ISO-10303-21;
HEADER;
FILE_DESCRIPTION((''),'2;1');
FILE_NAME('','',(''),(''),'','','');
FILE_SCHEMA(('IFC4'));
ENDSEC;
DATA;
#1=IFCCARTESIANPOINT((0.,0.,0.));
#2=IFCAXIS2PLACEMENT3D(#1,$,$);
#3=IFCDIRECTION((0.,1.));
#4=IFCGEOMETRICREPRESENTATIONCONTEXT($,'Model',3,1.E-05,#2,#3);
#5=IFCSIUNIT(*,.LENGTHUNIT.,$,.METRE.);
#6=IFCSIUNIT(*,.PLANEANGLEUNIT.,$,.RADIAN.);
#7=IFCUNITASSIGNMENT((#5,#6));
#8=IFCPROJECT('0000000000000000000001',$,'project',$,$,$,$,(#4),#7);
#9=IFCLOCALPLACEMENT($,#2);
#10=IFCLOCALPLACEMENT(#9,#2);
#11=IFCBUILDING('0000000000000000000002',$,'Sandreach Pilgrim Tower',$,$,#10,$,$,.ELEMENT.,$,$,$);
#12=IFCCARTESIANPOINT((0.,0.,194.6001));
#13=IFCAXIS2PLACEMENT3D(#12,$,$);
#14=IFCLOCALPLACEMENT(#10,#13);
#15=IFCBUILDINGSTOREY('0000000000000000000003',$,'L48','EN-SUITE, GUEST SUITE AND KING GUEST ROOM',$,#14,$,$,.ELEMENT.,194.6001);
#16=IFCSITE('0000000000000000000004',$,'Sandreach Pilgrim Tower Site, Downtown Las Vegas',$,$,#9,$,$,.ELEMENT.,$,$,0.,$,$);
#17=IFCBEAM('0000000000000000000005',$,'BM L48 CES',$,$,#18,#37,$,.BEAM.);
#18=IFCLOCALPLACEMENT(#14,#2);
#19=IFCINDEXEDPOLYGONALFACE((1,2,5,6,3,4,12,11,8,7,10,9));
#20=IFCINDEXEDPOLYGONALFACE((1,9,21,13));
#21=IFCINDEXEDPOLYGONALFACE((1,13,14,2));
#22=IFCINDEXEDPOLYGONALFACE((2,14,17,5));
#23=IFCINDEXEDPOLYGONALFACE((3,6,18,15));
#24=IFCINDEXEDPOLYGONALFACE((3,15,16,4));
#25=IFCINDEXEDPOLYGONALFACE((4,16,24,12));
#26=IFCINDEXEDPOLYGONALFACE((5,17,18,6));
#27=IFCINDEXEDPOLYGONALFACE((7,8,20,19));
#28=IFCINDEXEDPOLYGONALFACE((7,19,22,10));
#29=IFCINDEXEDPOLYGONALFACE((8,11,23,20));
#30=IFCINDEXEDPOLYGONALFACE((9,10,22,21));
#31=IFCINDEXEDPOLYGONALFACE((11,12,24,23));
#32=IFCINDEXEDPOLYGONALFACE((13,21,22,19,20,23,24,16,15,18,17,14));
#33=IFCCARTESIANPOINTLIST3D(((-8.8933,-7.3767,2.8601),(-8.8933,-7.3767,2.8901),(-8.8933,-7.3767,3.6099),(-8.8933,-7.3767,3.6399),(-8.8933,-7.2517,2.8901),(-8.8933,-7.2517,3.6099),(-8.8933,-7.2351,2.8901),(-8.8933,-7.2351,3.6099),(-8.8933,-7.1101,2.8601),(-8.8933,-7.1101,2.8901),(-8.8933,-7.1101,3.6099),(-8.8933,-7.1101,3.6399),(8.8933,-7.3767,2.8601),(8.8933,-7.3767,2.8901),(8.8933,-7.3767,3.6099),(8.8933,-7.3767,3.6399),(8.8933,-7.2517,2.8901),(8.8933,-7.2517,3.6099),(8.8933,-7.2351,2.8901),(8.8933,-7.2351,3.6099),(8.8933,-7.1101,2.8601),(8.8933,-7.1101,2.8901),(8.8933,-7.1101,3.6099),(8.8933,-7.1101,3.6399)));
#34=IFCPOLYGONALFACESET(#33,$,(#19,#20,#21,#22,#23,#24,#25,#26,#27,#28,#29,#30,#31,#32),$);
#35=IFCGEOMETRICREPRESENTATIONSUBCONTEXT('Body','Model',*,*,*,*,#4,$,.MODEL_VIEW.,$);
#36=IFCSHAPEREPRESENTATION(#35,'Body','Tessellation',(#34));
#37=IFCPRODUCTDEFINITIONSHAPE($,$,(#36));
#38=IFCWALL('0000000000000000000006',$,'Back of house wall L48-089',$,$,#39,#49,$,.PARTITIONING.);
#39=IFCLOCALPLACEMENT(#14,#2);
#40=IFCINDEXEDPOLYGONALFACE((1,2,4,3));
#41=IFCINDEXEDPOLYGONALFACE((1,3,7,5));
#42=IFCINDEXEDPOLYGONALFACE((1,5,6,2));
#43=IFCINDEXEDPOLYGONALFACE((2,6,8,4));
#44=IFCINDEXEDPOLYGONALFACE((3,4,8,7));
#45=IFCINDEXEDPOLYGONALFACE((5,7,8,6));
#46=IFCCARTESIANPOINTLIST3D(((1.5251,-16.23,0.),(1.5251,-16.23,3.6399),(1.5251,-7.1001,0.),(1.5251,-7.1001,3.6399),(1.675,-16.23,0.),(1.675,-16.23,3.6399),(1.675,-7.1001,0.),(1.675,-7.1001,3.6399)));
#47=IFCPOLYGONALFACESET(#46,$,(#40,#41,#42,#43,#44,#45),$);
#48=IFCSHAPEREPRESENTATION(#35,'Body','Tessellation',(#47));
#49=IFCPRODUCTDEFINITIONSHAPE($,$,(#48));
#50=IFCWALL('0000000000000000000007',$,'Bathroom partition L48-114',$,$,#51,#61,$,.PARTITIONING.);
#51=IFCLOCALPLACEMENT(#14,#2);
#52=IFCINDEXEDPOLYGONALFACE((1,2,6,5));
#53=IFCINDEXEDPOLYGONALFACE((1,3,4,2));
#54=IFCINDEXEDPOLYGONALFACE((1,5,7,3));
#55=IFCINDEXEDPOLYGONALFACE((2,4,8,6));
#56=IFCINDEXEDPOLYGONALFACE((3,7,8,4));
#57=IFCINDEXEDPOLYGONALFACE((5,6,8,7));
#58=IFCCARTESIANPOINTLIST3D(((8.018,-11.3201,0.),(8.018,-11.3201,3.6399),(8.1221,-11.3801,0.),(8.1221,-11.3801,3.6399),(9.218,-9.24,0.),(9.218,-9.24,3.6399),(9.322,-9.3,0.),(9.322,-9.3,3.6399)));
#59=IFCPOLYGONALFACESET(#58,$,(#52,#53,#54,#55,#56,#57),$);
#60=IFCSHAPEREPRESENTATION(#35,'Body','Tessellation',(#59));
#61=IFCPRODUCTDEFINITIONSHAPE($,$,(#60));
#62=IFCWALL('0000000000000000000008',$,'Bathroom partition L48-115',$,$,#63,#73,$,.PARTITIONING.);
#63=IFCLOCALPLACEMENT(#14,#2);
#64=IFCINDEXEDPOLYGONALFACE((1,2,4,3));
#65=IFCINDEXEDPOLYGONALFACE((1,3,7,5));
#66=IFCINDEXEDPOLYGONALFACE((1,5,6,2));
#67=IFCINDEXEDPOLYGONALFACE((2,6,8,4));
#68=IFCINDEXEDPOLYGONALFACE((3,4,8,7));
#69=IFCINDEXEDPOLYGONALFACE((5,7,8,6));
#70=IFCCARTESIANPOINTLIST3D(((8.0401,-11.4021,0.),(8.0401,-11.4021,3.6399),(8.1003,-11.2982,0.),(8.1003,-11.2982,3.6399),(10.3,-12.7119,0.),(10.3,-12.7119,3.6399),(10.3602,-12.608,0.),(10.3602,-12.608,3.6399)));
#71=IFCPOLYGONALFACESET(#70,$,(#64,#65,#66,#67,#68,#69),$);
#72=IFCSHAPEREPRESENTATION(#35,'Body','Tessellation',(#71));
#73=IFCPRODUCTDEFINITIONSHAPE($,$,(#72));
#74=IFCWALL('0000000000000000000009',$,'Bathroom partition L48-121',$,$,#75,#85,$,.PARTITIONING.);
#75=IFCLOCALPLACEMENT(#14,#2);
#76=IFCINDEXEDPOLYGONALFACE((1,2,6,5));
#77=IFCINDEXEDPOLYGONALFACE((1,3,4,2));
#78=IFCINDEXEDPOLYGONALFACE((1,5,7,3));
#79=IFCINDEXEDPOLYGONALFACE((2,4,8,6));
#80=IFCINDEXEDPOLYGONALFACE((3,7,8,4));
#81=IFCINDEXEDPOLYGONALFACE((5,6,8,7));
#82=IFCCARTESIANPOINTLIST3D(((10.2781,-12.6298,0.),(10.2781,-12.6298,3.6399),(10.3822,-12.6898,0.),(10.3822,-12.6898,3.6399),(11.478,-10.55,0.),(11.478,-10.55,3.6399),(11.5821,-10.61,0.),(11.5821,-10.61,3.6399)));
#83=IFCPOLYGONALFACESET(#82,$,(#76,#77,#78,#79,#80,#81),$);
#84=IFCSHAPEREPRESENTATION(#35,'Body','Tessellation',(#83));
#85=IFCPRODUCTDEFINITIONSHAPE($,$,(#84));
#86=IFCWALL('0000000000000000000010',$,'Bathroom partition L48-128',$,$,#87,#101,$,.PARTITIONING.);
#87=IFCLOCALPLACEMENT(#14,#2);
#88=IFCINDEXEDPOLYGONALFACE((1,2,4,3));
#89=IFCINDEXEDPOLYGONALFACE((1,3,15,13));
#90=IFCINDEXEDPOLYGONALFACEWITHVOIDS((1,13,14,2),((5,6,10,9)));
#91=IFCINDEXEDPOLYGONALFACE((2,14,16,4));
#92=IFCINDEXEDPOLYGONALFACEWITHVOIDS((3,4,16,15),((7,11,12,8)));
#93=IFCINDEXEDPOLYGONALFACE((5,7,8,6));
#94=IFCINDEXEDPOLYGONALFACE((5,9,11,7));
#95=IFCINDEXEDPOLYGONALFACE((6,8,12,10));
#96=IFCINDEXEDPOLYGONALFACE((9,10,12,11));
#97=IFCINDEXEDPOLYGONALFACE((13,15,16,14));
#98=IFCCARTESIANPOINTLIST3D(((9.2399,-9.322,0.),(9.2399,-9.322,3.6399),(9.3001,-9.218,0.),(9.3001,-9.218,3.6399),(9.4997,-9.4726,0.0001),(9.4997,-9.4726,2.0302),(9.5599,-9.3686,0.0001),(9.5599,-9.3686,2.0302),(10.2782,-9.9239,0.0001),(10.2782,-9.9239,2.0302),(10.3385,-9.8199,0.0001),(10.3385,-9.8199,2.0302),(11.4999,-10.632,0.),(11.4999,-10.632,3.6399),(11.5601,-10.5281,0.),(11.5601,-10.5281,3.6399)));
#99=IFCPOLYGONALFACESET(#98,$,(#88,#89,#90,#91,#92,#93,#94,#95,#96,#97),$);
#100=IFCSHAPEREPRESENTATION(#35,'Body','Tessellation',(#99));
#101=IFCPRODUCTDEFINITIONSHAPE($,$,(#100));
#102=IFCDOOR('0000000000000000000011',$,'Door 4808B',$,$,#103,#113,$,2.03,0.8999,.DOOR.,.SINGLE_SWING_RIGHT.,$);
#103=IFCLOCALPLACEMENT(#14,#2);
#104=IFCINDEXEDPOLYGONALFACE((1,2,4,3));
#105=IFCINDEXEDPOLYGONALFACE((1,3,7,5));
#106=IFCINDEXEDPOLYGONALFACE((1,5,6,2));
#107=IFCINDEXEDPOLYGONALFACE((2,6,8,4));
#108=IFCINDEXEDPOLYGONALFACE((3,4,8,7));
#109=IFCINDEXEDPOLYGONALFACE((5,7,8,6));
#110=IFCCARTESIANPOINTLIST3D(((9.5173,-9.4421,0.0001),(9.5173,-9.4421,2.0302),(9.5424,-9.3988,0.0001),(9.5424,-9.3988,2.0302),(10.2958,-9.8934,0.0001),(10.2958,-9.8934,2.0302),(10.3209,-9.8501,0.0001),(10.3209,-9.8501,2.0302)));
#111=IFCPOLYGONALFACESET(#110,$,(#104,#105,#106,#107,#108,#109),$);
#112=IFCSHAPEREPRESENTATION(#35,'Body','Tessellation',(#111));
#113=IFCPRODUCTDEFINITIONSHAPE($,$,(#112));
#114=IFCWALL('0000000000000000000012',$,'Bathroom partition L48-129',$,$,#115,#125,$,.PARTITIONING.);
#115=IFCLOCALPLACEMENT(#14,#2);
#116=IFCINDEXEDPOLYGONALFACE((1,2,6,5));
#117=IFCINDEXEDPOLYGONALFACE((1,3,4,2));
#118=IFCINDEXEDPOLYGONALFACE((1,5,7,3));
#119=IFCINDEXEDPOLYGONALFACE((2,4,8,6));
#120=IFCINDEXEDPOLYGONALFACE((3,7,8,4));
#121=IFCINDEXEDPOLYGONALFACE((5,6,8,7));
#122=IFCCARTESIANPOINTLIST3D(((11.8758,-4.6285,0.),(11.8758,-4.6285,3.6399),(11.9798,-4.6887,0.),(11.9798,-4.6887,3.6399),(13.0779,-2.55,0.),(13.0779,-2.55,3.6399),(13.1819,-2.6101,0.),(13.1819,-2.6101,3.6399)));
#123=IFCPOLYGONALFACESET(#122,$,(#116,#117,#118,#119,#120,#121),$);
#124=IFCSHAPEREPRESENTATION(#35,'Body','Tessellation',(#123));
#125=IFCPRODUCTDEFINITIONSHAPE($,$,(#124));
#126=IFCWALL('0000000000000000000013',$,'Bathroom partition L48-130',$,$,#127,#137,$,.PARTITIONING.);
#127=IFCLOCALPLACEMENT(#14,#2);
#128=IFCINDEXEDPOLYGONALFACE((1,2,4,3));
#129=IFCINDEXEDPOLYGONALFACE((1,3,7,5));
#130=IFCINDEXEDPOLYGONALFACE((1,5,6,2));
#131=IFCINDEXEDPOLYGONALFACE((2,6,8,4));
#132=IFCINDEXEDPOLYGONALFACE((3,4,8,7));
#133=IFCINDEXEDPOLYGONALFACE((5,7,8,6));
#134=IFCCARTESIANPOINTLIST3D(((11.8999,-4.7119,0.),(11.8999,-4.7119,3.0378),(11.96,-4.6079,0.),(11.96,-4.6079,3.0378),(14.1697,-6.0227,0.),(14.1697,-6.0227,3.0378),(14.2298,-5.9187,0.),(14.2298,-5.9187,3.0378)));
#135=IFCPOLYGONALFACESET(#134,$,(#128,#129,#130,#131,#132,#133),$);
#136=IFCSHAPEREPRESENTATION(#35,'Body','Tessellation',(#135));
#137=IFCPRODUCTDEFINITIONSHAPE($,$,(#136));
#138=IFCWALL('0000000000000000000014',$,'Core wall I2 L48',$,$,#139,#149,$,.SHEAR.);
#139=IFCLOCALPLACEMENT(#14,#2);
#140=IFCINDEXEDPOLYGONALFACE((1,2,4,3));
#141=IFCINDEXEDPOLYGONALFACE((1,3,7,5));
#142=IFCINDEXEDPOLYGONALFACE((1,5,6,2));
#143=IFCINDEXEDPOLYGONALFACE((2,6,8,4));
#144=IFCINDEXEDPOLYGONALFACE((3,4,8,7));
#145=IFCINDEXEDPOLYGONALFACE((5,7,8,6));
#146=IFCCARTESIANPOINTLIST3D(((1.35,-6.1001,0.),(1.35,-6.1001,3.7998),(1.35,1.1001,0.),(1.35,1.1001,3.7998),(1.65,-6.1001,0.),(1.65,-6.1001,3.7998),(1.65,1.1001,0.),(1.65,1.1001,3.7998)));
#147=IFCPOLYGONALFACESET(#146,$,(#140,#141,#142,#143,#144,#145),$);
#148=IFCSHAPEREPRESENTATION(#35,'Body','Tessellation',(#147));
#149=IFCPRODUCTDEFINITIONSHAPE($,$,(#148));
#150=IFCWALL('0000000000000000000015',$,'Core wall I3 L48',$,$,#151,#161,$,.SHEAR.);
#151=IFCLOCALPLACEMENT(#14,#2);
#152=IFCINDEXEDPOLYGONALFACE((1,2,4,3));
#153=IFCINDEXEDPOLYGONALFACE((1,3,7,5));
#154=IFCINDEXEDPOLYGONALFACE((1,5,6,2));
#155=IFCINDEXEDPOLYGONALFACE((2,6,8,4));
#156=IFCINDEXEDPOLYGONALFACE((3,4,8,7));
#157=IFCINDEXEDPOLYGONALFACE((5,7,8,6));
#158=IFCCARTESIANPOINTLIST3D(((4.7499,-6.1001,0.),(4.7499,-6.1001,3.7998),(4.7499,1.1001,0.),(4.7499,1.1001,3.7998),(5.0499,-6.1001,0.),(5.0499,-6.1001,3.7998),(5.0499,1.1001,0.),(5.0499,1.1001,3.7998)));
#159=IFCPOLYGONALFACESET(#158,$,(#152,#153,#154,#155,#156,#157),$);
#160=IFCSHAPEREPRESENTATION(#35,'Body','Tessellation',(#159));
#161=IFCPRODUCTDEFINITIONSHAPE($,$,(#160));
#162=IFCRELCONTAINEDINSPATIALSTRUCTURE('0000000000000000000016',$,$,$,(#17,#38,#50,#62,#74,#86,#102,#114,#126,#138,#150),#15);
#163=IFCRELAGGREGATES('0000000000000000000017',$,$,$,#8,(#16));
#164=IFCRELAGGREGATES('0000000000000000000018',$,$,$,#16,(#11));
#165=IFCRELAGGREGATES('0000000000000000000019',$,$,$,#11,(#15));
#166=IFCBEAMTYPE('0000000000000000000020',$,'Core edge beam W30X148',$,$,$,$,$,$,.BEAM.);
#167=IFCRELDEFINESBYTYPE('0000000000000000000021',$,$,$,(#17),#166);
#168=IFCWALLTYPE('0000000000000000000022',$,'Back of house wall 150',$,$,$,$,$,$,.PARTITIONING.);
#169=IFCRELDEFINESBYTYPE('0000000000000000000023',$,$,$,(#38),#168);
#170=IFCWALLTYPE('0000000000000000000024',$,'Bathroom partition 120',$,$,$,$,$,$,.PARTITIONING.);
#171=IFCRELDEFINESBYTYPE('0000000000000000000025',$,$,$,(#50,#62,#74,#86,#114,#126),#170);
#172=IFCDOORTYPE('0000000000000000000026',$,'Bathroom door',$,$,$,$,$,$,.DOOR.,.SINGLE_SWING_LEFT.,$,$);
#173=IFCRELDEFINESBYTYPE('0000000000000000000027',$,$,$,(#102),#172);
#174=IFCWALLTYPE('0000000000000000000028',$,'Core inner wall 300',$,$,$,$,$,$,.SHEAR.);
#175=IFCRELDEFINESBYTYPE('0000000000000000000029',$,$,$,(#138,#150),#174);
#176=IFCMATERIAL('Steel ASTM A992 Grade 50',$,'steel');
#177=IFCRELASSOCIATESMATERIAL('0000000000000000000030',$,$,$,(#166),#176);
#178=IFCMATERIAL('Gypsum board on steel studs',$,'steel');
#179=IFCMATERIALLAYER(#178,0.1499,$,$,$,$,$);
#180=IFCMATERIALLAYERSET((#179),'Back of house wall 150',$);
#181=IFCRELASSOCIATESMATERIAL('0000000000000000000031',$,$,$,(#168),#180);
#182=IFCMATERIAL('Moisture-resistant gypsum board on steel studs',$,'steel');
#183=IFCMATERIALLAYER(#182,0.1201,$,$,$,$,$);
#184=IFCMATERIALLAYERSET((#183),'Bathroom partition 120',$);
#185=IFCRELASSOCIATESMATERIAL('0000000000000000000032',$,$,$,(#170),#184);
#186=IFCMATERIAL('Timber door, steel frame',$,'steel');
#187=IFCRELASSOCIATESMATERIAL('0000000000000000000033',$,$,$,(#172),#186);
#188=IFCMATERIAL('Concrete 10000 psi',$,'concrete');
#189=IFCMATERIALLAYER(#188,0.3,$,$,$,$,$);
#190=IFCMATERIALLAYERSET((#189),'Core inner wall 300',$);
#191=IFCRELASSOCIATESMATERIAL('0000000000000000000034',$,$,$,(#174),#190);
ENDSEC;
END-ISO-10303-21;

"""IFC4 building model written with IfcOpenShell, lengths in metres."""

from ifc_helpers import new_model, si_unit, direction, frame, frame_2d, origin, origin_2d, place, context, subcontext, project, spatial, rectangle, i_section, extrude, material, layer, layer_set, material_profile, profile_set, type_object, element, fill, save


model = new_model("IFC4")

# Units and contexts
model_context = context("Model", 3, precision=1e-05, world=origin(), true_north=direction((0.0, 1.0)))
body_context = subcontext(model_context, "Body", "Model", "MODEL_VIEW")
ifc_project = project(units=[si_unit("LENGTHUNIT", "METRE"), si_unit("PLANEANGLEUNIT", "RADIAN")], contexts=[model_context])

# Site, building, storey
site_placement = place(None, origin())
site = spatial("IfcSite", under=ifc_project, at=site_placement, Name="Sandreach Pilgrim Tower Site, Downtown Las Vegas", CompositionType="ELEMENT", RefElevation=0.0)
building_placement = place(site_placement, origin())
building = spatial("IfcBuilding", under=site, at=building_placement, Name="Sandreach Pilgrim Tower", CompositionType="ELEMENT")
storey_placement = place(building_placement, frame((0.0, 0.0, 194.6001)))
storey = spatial("IfcBuildingStorey", under=building, at=storey_placement, Name="L48", Description="EN-SUITE, GUEST SUITE AND KING GUEST ROOM", CompositionType="ELEMENT", Elevation=194.6001)

# Beam
ifc_material_1 = material(Name="Steel ASTM A992 Grade 50", Category="steel")
ifc_material_profile = material_profile(ifc_material_1, i_section(OverallWidth=0.2666, OverallDepth=0.7798, WebThickness=0.0166, FlangeThickness=0.03, at=origin_2d()), Name="W30X148")
ifc_profile_set = profile_set([ifc_material_profile], Name="Steel ASTM A992 Grade 50")
beam_type = type_object("IfcBeamType", Name="Core edge beam W30X148", PredefinedType="BEAM", material=ifc_profile_set)
beam_placement = place(storey_placement, frame((8.8933, -7.2434, 3.25), z_axis=(-1.0, 0.0, 0.0), x_axis=(0.0, -1.0, 0.0)))
element("IfcBeam", 1, at=beam_placement, inside=storey, type_object=beam_type, Name="BM L48 CES", PredefinedType="BEAM", context=body_context, shape_type="SweptSolid", body=[
    extrude(i_section(OverallWidth=0.2666, OverallDepth=0.7798, WebThickness=0.0166, FlangeThickness=0.03, at=origin_2d()), origin(), (0.0, 0.0, 1.0), 17.7866),
])

# Walls
ifc_material_2 = material(Name="Gypsum board on steel studs", Category="steel")
ifc_layer_1 = layer(ifc_material_2, 0.1499)
ifc_layer_set_1 = layer_set([ifc_layer_1], Name="Back of house wall 150")
wall_type_1 = type_object("IfcWallType", Name="Back of house wall 150", PredefinedType="PARTITIONING", material=ifc_layer_set_1)
wall_1_placement = place(storey_placement, frame((1.6001, -7.1001, 0.0), z_axis=(0.0, 0.0, 1.0), x_axis=(0.0, -1.0, 0.0)))
element("IfcWall", 2, at=wall_1_placement, inside=storey, type_object=wall_type_1, Name="Back of house wall L48-089", PredefinedType="PARTITIONING", context=body_context, shape_type="SweptSolid", body=[
    extrude(rectangle(XDim=9.1299, YDim=0.1499, at=frame_2d((4.5649, 0.0))), origin(), (0.0, 0.0, 1.0), 3.6399),
])
ifc_material_3 = material(Name="Moisture-resistant gypsum board on steel studs", Category="steel")
ifc_layer_2 = layer(ifc_material_3, 0.1201)
ifc_layer_set_2 = layer_set([ifc_layer_2], Name="Bathroom partition 120")
wall_type_2 = type_object("IfcWallType", Name="Bathroom partition 120", PredefinedType="PARTITIONING", material=ifc_layer_set_2)
wall_2_placement = place(storey_placement, frame((8.0701, -11.3501, 0.0), z_axis=(0.0, 0.0, 1.0), x_axis=(0.499693, 0.866203, 0.0)))
element("IfcWall", 3, at=wall_2_placement, inside=storey, type_object=wall_type_2, Name="Bathroom partition L48-114", PredefinedType="PARTITIONING", context=body_context, shape_type="SweptSolid", body=[
    extrude(rectangle(XDim=2.4014, YDim=0.1201, at=frame_2d((1.2007, 0.0))), origin(), (0.0, 0.0, 1.0), 3.6399),
])
wall_3_placement = place(storey_placement, frame((8.0701, -11.3501, 0.0), z_axis=(0.0, 0.0, 1.0), x_axis=(0.865196, -0.501434, 0.0)))
element("IfcWall", 4, at=wall_3_placement, inside=storey, type_object=wall_type_2, Name="Bathroom partition L48-115", PredefinedType="PARTITIONING", context=body_context, shape_type="SweptSolid", body=[
    extrude(rectangle(XDim=2.6121, YDim=0.1201, at=frame_2d((1.3062, 0.0))), origin(), (0.0, 0.0, 1.0), 3.6399),
])
wall_4_placement = place(storey_placement, frame((10.3301, -12.6599, 0.0), z_axis=(0.0, 0.0, 1.0), x_axis=(0.499737, 0.866177, 0.0)))
element("IfcWall", 5, at=wall_4_placement, inside=storey, type_object=wall_type_2, Name="Bathroom partition L48-121", PredefinedType="PARTITIONING", context=body_context, shape_type="SweptSolid", body=[
    extrude(rectangle(XDim=2.4011, YDim=0.1201, at=frame_2d((1.2007, 0.0))), origin(), (0.0, 0.0, 1.0), 3.6399),
])

# Wall, opening, door
wall_5_placement = place(storey_placement, frame((11.53, -10.5801, 0.0), z_axis=(0.0, 0.0, 1.0), x_axis=(-0.865155, 0.501504, 0.0)))
wall_5 = element("IfcWall", 6, at=wall_5_placement, inside=storey, type_object=wall_type_2, Name="Bathroom partition L48-128", PredefinedType="PARTITIONING", context=body_context, shape_type="SweptSolid", body=[
    extrude(rectangle(XDim=2.6123, YDim=0.1201, at=frame_2d((1.3062, 0.0))), origin(), (0.0, 0.0, 1.0), 3.6399),
])
opening_1_placement = place(wall_5_placement, frame((1.4121, 0.0, 0.0)))
opening_1 = element("IfcOpeningElement", 7, at=opening_1_placement, cuts=wall_5, PredefinedType="OPENING", context=body_context, shape_type="SweptSolid", body=[
    extrude(rectangle(XDim=0.8999, YDim=2.03, at=frame_2d((0.45, 1.0151))), frame((0.0, 0.0601, 0.0), z_axis=(0.0, -1.0, 0.0), x_axis=(1.0, 0.0, 0.0)), (0.0, 0.0, 1.0), 0.1201),
])
ifc_material_4 = material(Name="Timber door, steel frame", Category="steel")
door_type_1 = type_object("IfcDoorType", Name="Bathroom door", OperationType="SINGLE_SWING_LEFT", PredefinedType="DOOR", material=ifc_material_4)
door_1_placement = place(opening_1_placement, origin())
door_1 = element("IfcDoor", 8, at=door_1_placement, inside=storey, type_object=door_type_1, Name="Door 4808B", OperationType="SINGLE_SWING_RIGHT", OverallHeight=2.03, OverallWidth=0.8999, PredefinedType="DOOR", context=body_context, shape_type="SweptSolid", body=[
    extrude(rectangle(XDim=0.8999, YDim=2.03, at=frame_2d((0.45, 1.0151))), frame((0.0, 0.0249, 0.0), z_axis=(0.0, -1.0, 0.0), x_axis=(1.0, 0.0, 0.0)), (0.0, 0.0, 1.0), 0.05),
])
fill(opening_1, door_1)

# Walls
wall_6_placement = place(storey_placement, frame((11.9277, -4.6587, 0.0), z_axis=(0.0, 0.0, 1.0), x_axis=(0.500643, 0.865654, 0.0)))
element("IfcWall", 9, at=wall_6_placement, inside=storey, type_object=wall_type_2, Name="Bathroom partition L48-129", PredefinedType="PARTITIONING", context=body_context, shape_type="SweptSolid", body=[
    extrude(rectangle(XDim=2.4011, YDim=0.1201, at=frame_2d((1.2007, 0.0))), origin(), (0.0, 0.0, 1.0), 3.6399),
])
wall_7_placement = place(storey_placement, frame((11.9299, -4.6599, 0.0), z_axis=(0.0, 0.0, 1.0), x_axis=(0.86597, -0.500096, 0.0)))
element("IfcWall", 10, at=wall_7_placement, inside=storey, type_object=wall_type_2, Name="Bathroom partition L48-130", PredefinedType="PARTITIONING", context=body_context, shape_type="SweptSolid", body=[
    extrude(rectangle(XDim=2.6211, YDim=0.1201, at=frame_2d((1.3105, 0.0))), origin(), (0.0, 0.0, 1.0), 3.0378),
])
ifc_material_5 = material(Name="Concrete 10000 psi", Category="concrete")
ifc_layer_3 = layer(ifc_material_5, 0.3)
ifc_layer_set_3 = layer_set([ifc_layer_3], Name="Core inner wall 300")
wall_type_3 = type_object("IfcWallType", Name="Core inner wall 300", PredefinedType="SHEAR", material=ifc_layer_set_3)
for number, where, z_axis, x_axis, name in (
    (11, (1.5, -6.1001, 0.0), (0.0, 0.0, 1.0), (0.0, 1.0, 0.0), "Core wall I2 L48"),
    (12, (4.8999, -6.1001, 0.0), (0.0, 0.0, 1.0), (0.0, 1.0, 0.0), "Core wall I3 L48"),
):
    element("IfcWall", number, at=place(storey_placement, frame(where, z_axis=z_axis, x_axis=x_axis)), inside=storey, type_object=wall_type_3, Name=name, PredefinedType="SHEAR", context=body_context, shape_type="SweptSolid", body=[
        extrude(rectangle(XDim=7.2002, YDim=0.3, at=frame_2d((3.6001, 0.0))), origin(), (0.0, 0.0, 1.0), 3.7998),
    ])

save(model, "model.ifc")
